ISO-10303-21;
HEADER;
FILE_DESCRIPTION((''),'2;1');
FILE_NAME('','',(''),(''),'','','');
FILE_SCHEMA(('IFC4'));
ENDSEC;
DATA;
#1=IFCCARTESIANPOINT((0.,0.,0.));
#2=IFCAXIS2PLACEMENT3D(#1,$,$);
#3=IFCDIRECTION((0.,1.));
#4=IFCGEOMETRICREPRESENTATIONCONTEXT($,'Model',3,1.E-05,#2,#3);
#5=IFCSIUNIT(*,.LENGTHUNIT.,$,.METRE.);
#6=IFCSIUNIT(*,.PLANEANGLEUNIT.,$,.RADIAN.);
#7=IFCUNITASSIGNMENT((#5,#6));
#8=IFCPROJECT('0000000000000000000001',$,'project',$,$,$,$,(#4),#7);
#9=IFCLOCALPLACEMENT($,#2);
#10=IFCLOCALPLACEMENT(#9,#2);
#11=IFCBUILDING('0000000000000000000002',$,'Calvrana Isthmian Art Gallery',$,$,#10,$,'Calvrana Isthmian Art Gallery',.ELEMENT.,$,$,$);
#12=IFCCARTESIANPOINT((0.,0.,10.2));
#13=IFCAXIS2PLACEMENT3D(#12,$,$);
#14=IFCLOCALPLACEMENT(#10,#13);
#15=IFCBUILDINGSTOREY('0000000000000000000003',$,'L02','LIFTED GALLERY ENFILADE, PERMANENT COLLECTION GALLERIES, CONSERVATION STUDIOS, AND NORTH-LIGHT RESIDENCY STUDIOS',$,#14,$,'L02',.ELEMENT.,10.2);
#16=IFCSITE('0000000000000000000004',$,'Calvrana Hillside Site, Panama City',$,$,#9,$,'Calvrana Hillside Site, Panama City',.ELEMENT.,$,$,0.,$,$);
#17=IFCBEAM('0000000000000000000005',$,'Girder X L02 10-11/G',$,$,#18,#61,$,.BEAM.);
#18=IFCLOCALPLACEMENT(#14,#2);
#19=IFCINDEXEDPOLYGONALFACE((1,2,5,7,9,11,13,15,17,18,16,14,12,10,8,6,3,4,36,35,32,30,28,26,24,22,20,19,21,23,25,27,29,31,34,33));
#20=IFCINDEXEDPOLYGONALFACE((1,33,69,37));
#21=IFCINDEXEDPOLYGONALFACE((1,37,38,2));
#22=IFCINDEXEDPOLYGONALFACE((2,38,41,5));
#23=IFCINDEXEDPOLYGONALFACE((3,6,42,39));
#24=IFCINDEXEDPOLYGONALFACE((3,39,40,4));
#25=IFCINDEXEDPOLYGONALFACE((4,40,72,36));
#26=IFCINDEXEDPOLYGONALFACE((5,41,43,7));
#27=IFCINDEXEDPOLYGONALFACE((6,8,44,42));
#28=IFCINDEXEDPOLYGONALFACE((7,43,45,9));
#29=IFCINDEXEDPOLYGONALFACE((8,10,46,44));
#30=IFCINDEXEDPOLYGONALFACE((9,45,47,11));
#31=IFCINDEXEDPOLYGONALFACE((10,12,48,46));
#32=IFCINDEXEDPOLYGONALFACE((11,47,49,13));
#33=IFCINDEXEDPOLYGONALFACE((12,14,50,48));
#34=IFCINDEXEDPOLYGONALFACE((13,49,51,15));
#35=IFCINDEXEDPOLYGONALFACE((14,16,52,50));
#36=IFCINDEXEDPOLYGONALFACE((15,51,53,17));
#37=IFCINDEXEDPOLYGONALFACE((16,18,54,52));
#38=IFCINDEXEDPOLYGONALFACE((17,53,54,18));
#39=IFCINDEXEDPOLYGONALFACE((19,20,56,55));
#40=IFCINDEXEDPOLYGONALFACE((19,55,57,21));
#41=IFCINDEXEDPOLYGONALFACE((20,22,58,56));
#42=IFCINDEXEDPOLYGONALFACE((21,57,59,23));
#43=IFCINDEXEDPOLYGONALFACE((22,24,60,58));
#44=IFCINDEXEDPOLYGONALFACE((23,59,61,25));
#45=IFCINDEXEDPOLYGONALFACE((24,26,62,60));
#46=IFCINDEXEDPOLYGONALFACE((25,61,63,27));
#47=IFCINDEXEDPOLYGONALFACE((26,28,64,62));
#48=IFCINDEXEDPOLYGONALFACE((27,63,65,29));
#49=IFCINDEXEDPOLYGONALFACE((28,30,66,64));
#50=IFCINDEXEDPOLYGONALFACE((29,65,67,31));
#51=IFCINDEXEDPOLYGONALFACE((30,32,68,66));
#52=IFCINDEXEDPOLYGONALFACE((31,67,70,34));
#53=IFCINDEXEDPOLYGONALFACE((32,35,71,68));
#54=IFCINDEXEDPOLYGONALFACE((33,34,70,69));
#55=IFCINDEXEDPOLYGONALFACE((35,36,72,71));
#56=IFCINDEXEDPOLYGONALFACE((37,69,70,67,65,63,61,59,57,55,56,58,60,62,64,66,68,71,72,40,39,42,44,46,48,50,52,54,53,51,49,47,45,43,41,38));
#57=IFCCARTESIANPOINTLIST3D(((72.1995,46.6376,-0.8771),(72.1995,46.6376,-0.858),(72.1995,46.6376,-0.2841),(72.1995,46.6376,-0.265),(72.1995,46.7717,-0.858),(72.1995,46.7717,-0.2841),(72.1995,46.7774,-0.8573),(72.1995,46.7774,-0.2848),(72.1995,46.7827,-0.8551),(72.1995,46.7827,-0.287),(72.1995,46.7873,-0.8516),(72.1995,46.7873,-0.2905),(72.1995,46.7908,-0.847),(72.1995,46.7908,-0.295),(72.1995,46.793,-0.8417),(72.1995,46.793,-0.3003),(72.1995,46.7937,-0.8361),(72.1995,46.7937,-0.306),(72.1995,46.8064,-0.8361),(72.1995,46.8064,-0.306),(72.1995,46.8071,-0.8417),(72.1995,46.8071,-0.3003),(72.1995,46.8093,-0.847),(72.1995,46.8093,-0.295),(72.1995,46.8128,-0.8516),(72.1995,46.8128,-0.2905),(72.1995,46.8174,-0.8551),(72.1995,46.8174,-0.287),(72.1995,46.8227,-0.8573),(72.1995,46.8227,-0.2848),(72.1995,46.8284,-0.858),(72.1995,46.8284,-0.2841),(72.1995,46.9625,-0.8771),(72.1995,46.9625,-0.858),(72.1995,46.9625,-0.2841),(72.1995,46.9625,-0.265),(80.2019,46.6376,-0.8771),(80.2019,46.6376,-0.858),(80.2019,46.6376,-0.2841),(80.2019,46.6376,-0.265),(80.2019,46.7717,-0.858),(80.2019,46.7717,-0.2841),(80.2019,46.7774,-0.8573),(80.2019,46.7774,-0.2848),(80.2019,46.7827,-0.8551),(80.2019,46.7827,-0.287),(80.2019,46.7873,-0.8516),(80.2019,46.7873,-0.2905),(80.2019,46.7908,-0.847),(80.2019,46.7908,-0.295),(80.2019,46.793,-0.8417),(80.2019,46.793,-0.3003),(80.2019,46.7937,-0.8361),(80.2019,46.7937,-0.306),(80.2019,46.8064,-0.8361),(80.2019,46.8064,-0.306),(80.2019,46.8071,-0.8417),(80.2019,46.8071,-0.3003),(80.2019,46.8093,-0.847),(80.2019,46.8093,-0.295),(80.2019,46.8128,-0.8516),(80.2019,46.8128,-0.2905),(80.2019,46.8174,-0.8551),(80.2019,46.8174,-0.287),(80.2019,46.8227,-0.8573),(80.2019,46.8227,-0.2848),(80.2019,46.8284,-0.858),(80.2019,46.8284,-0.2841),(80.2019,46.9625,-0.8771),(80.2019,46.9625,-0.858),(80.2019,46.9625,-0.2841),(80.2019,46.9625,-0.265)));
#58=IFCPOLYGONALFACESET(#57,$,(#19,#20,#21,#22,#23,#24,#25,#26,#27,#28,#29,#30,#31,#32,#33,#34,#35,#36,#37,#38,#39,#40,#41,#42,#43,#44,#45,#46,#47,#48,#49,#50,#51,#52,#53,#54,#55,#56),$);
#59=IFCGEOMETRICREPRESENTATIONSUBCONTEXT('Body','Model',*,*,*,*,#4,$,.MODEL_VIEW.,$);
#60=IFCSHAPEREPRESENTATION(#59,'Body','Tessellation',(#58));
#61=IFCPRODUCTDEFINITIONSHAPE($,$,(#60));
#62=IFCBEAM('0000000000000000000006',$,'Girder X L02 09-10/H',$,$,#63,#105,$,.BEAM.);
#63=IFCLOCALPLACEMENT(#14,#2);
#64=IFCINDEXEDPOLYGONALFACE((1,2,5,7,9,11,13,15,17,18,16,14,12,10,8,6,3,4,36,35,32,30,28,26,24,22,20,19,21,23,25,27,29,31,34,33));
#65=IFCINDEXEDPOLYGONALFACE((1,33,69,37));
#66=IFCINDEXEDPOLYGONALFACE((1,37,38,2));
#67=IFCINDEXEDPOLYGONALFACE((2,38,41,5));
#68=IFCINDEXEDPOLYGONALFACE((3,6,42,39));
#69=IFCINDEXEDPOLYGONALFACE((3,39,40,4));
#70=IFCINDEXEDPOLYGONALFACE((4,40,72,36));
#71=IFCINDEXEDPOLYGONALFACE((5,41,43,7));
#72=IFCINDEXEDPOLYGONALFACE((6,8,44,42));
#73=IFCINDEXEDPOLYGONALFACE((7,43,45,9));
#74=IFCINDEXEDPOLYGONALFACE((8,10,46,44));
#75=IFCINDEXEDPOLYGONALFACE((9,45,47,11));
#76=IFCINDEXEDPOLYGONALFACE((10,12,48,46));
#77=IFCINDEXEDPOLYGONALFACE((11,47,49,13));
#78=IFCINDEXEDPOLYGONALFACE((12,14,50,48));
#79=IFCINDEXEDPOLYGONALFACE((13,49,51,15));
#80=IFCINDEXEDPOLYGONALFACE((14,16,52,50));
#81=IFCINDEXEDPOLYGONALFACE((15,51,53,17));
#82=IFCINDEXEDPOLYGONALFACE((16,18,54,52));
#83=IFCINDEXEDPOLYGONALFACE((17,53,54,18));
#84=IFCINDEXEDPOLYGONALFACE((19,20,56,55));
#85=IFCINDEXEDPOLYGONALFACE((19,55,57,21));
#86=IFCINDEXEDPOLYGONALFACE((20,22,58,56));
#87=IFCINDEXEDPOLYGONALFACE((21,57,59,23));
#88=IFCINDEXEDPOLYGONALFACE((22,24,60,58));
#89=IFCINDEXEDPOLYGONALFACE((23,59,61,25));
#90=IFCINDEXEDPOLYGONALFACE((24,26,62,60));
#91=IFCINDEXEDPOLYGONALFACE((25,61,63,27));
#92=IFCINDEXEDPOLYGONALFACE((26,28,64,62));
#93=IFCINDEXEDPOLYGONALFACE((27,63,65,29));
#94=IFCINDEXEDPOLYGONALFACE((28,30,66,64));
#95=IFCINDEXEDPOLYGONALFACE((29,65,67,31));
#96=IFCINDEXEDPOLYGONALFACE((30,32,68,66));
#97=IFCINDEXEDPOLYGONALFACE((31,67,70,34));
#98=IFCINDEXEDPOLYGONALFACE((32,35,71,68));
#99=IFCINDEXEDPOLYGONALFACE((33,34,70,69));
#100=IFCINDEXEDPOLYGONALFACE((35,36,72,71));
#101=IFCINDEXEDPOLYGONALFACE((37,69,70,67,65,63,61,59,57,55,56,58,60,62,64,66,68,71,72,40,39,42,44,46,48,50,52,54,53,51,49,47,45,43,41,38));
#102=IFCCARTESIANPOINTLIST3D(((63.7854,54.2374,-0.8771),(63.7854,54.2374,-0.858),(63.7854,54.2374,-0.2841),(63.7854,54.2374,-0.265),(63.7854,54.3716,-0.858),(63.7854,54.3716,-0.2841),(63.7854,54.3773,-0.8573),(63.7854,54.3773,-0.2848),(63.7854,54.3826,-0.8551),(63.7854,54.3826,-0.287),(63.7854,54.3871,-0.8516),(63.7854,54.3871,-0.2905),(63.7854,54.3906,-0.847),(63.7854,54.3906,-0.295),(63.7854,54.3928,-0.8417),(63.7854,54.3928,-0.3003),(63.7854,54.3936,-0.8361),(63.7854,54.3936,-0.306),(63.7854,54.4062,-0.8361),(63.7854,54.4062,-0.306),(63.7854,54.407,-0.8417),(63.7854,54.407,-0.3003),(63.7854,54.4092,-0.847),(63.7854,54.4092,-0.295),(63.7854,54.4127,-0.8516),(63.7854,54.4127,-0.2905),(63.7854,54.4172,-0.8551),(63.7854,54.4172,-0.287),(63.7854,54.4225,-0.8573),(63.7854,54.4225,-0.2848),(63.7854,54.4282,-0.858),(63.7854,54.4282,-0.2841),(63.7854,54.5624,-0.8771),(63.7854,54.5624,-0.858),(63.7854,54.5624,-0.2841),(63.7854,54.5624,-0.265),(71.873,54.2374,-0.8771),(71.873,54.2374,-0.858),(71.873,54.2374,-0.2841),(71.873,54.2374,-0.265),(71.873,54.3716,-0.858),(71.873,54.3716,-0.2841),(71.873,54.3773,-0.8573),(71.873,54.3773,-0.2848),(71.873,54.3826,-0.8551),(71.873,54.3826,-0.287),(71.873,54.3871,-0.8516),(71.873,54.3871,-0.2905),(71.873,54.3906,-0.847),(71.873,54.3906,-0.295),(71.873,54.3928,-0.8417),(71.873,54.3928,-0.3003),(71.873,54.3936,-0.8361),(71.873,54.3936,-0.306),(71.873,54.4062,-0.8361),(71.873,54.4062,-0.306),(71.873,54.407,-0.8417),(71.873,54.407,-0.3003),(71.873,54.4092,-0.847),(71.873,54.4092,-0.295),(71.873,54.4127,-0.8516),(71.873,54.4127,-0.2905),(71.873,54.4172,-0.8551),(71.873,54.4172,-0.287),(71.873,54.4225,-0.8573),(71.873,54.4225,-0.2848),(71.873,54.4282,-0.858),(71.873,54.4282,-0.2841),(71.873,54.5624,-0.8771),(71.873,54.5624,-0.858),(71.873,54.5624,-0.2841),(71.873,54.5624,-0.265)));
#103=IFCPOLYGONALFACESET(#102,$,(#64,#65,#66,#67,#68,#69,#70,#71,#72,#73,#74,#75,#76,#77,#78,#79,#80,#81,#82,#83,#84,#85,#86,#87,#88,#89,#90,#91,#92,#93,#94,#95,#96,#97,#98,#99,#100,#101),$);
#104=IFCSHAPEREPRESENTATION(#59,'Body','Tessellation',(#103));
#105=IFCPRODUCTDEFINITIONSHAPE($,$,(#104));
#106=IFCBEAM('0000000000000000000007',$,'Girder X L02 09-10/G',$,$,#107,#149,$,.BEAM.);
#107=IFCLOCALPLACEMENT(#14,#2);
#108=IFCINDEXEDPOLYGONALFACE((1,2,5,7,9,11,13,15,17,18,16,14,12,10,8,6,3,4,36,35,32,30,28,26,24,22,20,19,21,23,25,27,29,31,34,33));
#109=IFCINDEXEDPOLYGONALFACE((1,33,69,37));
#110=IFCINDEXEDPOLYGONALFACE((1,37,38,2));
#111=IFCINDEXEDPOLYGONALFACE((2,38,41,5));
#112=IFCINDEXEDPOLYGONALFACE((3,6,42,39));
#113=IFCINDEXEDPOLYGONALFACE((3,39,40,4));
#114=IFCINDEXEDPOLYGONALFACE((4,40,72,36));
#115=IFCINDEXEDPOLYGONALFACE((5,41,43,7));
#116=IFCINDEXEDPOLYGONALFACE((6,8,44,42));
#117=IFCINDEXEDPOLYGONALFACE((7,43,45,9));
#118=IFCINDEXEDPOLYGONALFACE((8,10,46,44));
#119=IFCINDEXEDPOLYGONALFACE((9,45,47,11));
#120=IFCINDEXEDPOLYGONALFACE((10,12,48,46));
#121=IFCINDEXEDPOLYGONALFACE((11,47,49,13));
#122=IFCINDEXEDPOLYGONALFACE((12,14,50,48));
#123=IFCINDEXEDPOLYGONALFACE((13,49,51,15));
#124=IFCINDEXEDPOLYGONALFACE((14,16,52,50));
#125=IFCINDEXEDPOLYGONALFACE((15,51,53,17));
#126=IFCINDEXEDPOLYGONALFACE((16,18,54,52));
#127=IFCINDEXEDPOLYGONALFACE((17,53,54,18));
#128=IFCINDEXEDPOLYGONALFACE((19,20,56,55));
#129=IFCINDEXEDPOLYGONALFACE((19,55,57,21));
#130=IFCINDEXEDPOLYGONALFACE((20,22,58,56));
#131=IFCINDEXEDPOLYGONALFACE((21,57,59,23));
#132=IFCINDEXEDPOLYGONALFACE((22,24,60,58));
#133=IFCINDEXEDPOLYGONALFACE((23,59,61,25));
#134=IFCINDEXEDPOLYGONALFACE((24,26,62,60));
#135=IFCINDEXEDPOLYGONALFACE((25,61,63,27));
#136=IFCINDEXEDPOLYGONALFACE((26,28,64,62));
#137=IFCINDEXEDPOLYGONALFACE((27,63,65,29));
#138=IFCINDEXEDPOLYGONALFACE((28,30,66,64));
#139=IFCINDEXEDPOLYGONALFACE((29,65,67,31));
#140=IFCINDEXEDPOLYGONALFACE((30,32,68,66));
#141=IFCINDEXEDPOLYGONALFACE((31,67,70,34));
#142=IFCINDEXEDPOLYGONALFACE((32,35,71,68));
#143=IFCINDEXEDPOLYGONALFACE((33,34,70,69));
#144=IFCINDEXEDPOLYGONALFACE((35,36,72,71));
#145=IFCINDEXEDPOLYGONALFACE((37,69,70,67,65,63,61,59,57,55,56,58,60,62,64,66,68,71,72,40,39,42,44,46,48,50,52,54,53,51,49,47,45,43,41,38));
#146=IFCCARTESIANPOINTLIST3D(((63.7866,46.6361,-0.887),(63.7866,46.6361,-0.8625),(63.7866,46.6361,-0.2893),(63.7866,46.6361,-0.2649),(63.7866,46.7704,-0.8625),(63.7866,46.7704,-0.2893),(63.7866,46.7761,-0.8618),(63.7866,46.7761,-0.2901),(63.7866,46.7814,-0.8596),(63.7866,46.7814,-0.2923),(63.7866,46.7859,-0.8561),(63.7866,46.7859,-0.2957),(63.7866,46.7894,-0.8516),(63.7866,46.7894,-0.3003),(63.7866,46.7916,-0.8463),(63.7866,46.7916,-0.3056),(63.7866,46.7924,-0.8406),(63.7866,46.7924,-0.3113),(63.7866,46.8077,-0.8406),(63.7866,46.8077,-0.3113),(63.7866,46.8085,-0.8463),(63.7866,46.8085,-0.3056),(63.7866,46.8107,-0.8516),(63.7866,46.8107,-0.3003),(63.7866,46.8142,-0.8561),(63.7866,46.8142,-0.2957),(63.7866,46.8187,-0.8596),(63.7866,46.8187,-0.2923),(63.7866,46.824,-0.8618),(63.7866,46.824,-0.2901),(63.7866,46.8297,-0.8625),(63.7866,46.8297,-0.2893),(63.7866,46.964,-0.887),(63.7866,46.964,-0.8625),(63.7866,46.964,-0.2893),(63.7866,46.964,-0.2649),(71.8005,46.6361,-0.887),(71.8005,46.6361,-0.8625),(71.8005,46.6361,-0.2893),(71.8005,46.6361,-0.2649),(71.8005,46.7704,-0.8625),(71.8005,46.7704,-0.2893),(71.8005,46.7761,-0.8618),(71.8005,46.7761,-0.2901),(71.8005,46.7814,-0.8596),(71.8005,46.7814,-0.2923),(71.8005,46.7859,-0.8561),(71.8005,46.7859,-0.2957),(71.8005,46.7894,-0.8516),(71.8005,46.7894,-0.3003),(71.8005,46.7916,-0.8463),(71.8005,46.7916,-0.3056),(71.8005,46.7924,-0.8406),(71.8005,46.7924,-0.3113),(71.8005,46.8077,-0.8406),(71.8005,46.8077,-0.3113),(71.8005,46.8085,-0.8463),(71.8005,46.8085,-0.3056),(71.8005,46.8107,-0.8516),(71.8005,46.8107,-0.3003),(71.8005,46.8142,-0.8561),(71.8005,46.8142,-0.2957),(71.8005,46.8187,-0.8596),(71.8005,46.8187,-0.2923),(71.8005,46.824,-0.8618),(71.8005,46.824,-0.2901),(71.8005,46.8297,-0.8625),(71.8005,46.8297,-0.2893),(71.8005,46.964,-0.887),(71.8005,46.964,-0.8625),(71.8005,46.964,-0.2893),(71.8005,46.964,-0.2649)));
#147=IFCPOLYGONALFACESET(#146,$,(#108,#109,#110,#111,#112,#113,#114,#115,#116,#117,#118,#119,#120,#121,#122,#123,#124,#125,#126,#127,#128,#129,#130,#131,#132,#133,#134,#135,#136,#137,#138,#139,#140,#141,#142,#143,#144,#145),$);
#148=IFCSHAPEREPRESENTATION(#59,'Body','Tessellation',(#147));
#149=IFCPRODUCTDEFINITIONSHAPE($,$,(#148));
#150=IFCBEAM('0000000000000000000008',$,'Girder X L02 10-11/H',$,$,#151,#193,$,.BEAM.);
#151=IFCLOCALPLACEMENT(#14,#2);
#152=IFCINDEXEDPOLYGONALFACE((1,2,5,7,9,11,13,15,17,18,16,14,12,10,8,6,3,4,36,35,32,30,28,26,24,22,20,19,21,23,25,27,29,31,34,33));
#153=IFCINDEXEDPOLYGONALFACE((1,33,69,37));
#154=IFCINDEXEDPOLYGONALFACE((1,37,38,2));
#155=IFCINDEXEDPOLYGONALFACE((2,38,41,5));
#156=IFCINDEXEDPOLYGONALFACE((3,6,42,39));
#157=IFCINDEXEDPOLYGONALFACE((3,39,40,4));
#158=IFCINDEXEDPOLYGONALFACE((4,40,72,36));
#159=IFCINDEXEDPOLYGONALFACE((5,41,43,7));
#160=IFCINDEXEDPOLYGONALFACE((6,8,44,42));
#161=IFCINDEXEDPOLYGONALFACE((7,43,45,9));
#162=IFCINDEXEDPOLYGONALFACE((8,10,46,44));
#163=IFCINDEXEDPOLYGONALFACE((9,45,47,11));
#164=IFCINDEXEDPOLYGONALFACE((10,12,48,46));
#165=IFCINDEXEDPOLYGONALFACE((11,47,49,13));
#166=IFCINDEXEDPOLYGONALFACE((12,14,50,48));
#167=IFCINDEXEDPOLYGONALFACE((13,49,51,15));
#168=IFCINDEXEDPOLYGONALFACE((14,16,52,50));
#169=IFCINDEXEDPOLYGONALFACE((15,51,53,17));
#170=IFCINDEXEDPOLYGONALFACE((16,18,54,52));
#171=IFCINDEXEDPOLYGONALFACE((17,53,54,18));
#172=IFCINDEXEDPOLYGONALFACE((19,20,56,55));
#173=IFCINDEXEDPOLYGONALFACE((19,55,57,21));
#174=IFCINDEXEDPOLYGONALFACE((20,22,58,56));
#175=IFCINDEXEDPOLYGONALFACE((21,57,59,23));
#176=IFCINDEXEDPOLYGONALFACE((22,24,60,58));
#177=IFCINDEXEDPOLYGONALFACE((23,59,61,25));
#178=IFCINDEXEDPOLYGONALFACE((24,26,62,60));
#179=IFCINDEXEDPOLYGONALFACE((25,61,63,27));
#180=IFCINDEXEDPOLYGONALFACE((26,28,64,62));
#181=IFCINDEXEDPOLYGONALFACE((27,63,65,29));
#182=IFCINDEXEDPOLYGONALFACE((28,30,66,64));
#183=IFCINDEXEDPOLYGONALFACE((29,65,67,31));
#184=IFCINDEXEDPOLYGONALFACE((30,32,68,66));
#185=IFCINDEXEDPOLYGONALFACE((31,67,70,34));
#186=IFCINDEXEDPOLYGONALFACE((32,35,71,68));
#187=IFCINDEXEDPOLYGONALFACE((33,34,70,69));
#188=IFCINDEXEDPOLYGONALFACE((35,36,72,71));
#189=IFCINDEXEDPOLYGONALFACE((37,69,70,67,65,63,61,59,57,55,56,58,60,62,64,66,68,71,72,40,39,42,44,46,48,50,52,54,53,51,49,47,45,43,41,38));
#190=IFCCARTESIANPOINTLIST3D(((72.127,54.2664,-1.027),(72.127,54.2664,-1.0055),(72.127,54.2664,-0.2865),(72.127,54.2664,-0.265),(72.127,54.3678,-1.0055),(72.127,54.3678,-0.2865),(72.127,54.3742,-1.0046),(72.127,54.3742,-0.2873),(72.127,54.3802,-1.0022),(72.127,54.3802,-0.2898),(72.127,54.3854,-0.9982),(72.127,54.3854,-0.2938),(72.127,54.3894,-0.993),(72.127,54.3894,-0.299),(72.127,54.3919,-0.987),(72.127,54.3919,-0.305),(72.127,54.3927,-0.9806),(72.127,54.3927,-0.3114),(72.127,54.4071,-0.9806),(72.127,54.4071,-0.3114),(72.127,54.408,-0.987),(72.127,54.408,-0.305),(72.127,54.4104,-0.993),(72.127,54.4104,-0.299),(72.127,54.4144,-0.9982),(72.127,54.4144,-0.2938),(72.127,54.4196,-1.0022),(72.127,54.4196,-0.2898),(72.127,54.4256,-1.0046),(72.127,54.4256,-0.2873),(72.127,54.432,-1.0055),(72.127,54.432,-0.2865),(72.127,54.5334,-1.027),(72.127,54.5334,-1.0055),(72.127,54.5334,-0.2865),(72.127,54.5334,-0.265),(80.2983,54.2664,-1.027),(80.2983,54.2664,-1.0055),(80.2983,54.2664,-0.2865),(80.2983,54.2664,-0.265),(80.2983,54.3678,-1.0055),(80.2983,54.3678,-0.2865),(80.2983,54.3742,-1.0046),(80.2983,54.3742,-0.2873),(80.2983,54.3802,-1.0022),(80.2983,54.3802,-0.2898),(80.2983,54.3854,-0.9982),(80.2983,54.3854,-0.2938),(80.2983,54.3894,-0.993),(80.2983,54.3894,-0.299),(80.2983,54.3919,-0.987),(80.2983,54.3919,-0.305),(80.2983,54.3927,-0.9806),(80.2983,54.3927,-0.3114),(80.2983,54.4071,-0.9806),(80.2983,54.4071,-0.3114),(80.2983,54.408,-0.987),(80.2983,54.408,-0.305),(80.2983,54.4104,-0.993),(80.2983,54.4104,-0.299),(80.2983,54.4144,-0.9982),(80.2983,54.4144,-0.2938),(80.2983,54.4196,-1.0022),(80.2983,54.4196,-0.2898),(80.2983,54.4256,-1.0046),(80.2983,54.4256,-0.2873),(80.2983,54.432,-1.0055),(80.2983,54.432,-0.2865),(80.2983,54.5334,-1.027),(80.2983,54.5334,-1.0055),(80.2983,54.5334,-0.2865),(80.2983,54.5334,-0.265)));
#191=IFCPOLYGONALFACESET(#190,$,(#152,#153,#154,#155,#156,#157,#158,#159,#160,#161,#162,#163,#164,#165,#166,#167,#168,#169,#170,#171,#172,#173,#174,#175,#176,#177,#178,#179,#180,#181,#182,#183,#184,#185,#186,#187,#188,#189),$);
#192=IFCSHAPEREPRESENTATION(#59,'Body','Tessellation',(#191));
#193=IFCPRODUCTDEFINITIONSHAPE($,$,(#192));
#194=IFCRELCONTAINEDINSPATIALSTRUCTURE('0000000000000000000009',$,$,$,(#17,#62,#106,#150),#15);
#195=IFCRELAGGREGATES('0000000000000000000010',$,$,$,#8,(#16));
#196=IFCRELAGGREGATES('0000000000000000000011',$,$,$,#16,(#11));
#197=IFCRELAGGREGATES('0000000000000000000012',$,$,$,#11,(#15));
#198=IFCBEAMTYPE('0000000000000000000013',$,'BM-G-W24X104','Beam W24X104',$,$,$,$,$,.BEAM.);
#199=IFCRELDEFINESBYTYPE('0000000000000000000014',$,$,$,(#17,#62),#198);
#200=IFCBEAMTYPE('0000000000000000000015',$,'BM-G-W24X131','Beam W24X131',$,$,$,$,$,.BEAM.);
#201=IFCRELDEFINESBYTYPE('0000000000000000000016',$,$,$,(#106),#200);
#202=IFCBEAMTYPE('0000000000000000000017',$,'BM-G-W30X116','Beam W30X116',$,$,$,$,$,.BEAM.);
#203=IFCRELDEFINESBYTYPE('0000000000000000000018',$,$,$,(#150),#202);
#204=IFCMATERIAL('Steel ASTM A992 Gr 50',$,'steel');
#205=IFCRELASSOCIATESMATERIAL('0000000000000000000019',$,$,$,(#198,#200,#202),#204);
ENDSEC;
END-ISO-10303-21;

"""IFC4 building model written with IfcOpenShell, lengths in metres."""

from ifc_helpers import new_model, si_unit, direction, frame, origin, origin_2d, place, context, subcontext, project, spatial, i_section, extrude, material, material_profile, profile_set, type_object, element, save


model = new_model("IFC4")

# Units and contexts
model_context = context("Model", 3, precision=1e-05, world=origin(), true_north=direction((0.0, 1.0)))
body_context = subcontext(model_context, "Body", "Model", "MODEL_VIEW")
ifc_project = project(units=[si_unit("LENGTHUNIT", "METRE"), si_unit("PLANEANGLEUNIT", "RADIAN")], contexts=[model_context])

# Site, building, storey
site_placement = place(None, origin())
site = spatial("IfcSite", under=ifc_project, at=site_placement, Name="Calvrana Hillside Site, Panama City", LongName="Calvrana Hillside Site, Panama City", CompositionType="ELEMENT", RefElevation=0.0)
building_placement = place(site_placement, origin())
building = spatial("IfcBuilding", under=site, at=building_placement, Name="Calvrana Isthmian Art Gallery", LongName="Calvrana Isthmian Art Gallery", CompositionType="ELEMENT")
storey_placement = place(building_placement, frame((0.0, 0.0, 10.2)))
storey = spatial("IfcBuildingStorey", under=building, at=storey_placement, Name="L02", Description="LIFTED GALLERY ENFILADE, PERMANENT COLLECTION GALLERIES, CONSERVATION STUDIOS, AND NORTH-LIGHT RESIDENCY STUDIOS", LongName="L02", CompositionType="ELEMENT", Elevation=10.2)

# Shared definitions
ifc_material_1 = material(Name="Steel ASTM A992 Gr 50", Category="steel")

# Beams
ifc_material_profile_1 = material_profile(ifc_material_1, i_section(OverallWidth=0.325, OverallDepth=0.6121, WebThickness=0.0127, FlangeThickness=0.019, FilletRadius=0.022, at=origin_2d()), Name="W24X104")
ifc_profile_set_1 = profile_set([ifc_material_profile_1], Name="Steel ASTM A992 Gr 50")
beam_type_1 = type_object("IfcBeamType", Name="BM-G-W24X104", Description="Beam W24X104", PredefinedType="BEAM", material=ifc_profile_set_1)
beam_1_placement = place(storey_placement, frame((72.1995, 46.8, -0.571), z_axis=(1.0, 0.0, 0.0), x_axis=(0.0, 1.0, 0.0)))
element("IfcBeam", 1, at=beam_1_placement, inside=storey, type_object=beam_type_1, Name="Girder X L02 10-11/G", PredefinedType="BEAM", context=body_context, shape_type="SweptSolid", body=[
    extrude(i_section(OverallWidth=0.325, OverallDepth=0.6121, WebThickness=0.0127, FlangeThickness=0.019, FilletRadius=0.022, at=origin_2d()), origin(), (0.0, 0.0, 1.0), 8.0024),
])
beam_2_placement = place(storey_placement, frame((63.7854, 54.3999, -0.571), z_axis=(1.0, 0.0, 0.0), x_axis=(0.0, 1.0, 0.0)))
element("IfcBeam", 2, at=beam_2_placement, inside=storey, type_object=beam_type_1, Name="Girder X L02 09-10/H", PredefinedType="BEAM", context=body_context, shape_type="SweptSolid", body=[
    extrude(i_section(OverallWidth=0.325, OverallDepth=0.6121, WebThickness=0.0127, FlangeThickness=0.019, FilletRadius=0.022, at=origin_2d()), origin(), (0.0, 0.0, 1.0), 8.0876),
])
ifc_material_profile_2 = material_profile(ifc_material_1, i_section(OverallWidth=0.3279, OverallDepth=0.6221, WebThickness=0.0154, FlangeThickness=0.0244, FilletRadius=0.022, at=origin_2d()), Name="W24X131")
ifc_profile_set_2 = profile_set([ifc_material_profile_2], Name="Steel ASTM A992 Gr 50")
beam_type_2 = type_object("IfcBeamType", Name="BM-G-W24X131", Description="Beam W24X131", PredefinedType="BEAM", material=ifc_profile_set_2)
beam_3_placement = place(storey_placement, frame((63.7866, 46.8, -0.5759), z_axis=(1.0, 0.0, 0.0), x_axis=(0.0, 1.0, 0.0)))
element("IfcBeam", 3, at=beam_3_placement, inside=storey, type_object=beam_type_2, Name="Girder X L02 09-10/G", PredefinedType="BEAM", context=body_context, shape_type="SweptSolid", body=[
    extrude(i_section(OverallWidth=0.3279, OverallDepth=0.6221, WebThickness=0.0154, FlangeThickness=0.0244, FilletRadius=0.022, at=origin_2d()), origin(), (0.0, 0.0, 1.0), 8.0139),
])
ifc_material_profile_3 = material_profile(ifc_material_1, i_section(OverallWidth=0.2671, OverallDepth=0.762, WebThickness=0.0144, FlangeThickness=0.0215, FilletRadius=0.0249, at=origin_2d()), Name="W30X116")
ifc_profile_set_3 = profile_set([ifc_material_profile_3], Name="Steel ASTM A992 Gr 50")
beam_type_3 = type_object("IfcBeamType", Name="BM-G-W30X116", Description="Beam W30X116", PredefinedType="BEAM", material=ifc_profile_set_3)
beam_4_placement = place(storey_placement, frame((72.127, 54.3999, -0.646), z_axis=(1.0, 0.0, 0.0), x_axis=(0.0, 1.0, 0.0)))
element("IfcBeam", 4, at=beam_4_placement, inside=storey, type_object=beam_type_3, Name="Girder X L02 10-11/H", PredefinedType="BEAM", context=body_context, shape_type="SweptSolid", body=[
    extrude(i_section(OverallWidth=0.2671, OverallDepth=0.762, WebThickness=0.0144, FlangeThickness=0.0215, FilletRadius=0.0249, at=origin_2d()), origin(), (0.0, 0.0, 1.0), 8.1714),
])

save(model, "model.ifc")
